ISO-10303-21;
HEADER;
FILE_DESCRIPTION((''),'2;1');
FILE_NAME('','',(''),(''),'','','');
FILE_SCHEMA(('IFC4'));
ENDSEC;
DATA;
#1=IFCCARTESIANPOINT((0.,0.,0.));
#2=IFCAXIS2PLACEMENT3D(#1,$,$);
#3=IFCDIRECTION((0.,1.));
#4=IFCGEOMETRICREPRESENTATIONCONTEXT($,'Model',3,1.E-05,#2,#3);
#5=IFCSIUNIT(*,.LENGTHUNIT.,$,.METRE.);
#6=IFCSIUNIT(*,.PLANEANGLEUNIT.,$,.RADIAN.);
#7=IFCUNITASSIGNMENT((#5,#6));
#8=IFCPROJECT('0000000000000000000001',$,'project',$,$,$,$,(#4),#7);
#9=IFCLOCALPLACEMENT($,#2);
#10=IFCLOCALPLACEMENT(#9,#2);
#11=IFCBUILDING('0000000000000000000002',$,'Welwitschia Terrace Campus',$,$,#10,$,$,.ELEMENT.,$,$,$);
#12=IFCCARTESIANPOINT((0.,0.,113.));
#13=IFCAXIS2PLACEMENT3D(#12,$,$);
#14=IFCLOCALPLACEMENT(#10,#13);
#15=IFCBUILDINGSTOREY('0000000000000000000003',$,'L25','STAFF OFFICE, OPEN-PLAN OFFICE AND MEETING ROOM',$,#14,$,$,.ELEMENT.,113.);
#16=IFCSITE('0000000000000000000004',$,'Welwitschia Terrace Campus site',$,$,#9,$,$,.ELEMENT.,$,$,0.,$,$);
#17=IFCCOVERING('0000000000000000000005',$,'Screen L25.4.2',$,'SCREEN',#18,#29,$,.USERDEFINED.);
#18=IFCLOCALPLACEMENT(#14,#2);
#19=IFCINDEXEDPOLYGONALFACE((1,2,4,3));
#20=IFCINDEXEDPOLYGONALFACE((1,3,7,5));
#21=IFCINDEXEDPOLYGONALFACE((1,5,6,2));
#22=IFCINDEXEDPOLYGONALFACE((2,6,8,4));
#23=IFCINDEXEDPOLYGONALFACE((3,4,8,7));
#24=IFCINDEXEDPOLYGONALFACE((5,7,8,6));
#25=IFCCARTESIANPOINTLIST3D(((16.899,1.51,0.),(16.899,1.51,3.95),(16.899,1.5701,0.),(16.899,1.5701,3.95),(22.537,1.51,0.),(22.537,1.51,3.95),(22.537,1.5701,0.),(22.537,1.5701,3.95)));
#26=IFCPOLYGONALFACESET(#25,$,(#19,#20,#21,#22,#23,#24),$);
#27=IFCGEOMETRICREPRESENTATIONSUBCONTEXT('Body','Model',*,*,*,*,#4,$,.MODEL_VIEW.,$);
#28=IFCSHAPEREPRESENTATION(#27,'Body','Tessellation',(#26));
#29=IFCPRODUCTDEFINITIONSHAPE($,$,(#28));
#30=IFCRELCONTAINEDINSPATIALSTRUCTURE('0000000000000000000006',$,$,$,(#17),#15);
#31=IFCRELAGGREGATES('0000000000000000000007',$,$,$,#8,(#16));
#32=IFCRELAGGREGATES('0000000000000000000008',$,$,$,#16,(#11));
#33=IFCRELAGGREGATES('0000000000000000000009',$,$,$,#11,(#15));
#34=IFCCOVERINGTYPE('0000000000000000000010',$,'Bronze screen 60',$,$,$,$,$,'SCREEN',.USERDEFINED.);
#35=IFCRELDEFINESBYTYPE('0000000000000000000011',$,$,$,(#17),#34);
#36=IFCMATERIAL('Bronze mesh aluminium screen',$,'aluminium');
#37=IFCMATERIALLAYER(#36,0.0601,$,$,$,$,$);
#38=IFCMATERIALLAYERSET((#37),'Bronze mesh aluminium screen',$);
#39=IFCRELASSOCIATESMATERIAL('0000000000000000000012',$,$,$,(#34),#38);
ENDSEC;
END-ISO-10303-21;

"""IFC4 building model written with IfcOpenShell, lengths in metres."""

from ifc_helpers import new_model, si_unit, direction, frame, origin, origin_2d, place, context, subcontext, project, spatial, rectangle, extrude, material, layer, layer_set, type_object, element, save


model = new_model("IFC4")

# Units and contexts
model_context = context("Model", 3, precision=1e-05, world=origin(), true_north=direction((0.0, 1.0)))
body_context = subcontext(model_context, "Body", "Model", "MODEL_VIEW")
ifc_project = project(units=[si_unit("LENGTHUNIT", "METRE"), si_unit("PLANEANGLEUNIT", "RADIAN")], contexts=[model_context])

# Site, building, storey
site_placement = place(None, origin())
site = spatial("IfcSite", under=ifc_project, at=site_placement, Name="Welwitschia Terrace Campus site", CompositionType="ELEMENT", RefElevation=0.0)
building_placement = place(site_placement, origin())
building = spatial("IfcBuilding", under=site, at=building_placement, Name="Welwitschia Terrace Campus", CompositionType="ELEMENT")
storey_placement = place(building_placement, frame((0.0, 0.0, 113.0)))
storey = spatial("IfcBuildingStorey", under=building, at=storey_placement, Name="L25", Description="STAFF OFFICE, OPEN-PLAN OFFICE AND MEETING ROOM", CompositionType="ELEMENT", Elevation=113.0)

# Covering
ifc_material_1 = material(Name="Bronze mesh aluminium screen", Category="aluminium")
ifc_layer_1 = layer(ifc_material_1, 0.0601)
ifc_layer_set_1 = layer_set([ifc_layer_1], Name="Bronze mesh aluminium screen")
covering_type = type_object("IfcCoveringType", Name="Bronze screen 60", ElementType="SCREEN", PredefinedType="USERDEFINED", material=ifc_layer_set_1)
for number, where, z_axis, x_axis, name in (
    (1, (19.718, 1.54, 0.0), (0.0, 0.0, 1.0), (1.0, 0.0, 0.0), "Screen L25.4.2"),
):
    element("IfcCovering", number, at=place(storey_placement, frame(where, z_axis=z_axis, x_axis=x_axis)), inside=storey, type_object=covering_type, Name=name, ObjectType="SCREEN", PredefinedType="USERDEFINED", context=body_context, shape_type="SweptSolid", body=[
        extrude(rectangle(XDim=5.6379, YDim=0.0601, at=origin_2d()), origin(), (0.0, 0.0, 1.0), 3.95),
    ])

save(model, "model.ifc")
